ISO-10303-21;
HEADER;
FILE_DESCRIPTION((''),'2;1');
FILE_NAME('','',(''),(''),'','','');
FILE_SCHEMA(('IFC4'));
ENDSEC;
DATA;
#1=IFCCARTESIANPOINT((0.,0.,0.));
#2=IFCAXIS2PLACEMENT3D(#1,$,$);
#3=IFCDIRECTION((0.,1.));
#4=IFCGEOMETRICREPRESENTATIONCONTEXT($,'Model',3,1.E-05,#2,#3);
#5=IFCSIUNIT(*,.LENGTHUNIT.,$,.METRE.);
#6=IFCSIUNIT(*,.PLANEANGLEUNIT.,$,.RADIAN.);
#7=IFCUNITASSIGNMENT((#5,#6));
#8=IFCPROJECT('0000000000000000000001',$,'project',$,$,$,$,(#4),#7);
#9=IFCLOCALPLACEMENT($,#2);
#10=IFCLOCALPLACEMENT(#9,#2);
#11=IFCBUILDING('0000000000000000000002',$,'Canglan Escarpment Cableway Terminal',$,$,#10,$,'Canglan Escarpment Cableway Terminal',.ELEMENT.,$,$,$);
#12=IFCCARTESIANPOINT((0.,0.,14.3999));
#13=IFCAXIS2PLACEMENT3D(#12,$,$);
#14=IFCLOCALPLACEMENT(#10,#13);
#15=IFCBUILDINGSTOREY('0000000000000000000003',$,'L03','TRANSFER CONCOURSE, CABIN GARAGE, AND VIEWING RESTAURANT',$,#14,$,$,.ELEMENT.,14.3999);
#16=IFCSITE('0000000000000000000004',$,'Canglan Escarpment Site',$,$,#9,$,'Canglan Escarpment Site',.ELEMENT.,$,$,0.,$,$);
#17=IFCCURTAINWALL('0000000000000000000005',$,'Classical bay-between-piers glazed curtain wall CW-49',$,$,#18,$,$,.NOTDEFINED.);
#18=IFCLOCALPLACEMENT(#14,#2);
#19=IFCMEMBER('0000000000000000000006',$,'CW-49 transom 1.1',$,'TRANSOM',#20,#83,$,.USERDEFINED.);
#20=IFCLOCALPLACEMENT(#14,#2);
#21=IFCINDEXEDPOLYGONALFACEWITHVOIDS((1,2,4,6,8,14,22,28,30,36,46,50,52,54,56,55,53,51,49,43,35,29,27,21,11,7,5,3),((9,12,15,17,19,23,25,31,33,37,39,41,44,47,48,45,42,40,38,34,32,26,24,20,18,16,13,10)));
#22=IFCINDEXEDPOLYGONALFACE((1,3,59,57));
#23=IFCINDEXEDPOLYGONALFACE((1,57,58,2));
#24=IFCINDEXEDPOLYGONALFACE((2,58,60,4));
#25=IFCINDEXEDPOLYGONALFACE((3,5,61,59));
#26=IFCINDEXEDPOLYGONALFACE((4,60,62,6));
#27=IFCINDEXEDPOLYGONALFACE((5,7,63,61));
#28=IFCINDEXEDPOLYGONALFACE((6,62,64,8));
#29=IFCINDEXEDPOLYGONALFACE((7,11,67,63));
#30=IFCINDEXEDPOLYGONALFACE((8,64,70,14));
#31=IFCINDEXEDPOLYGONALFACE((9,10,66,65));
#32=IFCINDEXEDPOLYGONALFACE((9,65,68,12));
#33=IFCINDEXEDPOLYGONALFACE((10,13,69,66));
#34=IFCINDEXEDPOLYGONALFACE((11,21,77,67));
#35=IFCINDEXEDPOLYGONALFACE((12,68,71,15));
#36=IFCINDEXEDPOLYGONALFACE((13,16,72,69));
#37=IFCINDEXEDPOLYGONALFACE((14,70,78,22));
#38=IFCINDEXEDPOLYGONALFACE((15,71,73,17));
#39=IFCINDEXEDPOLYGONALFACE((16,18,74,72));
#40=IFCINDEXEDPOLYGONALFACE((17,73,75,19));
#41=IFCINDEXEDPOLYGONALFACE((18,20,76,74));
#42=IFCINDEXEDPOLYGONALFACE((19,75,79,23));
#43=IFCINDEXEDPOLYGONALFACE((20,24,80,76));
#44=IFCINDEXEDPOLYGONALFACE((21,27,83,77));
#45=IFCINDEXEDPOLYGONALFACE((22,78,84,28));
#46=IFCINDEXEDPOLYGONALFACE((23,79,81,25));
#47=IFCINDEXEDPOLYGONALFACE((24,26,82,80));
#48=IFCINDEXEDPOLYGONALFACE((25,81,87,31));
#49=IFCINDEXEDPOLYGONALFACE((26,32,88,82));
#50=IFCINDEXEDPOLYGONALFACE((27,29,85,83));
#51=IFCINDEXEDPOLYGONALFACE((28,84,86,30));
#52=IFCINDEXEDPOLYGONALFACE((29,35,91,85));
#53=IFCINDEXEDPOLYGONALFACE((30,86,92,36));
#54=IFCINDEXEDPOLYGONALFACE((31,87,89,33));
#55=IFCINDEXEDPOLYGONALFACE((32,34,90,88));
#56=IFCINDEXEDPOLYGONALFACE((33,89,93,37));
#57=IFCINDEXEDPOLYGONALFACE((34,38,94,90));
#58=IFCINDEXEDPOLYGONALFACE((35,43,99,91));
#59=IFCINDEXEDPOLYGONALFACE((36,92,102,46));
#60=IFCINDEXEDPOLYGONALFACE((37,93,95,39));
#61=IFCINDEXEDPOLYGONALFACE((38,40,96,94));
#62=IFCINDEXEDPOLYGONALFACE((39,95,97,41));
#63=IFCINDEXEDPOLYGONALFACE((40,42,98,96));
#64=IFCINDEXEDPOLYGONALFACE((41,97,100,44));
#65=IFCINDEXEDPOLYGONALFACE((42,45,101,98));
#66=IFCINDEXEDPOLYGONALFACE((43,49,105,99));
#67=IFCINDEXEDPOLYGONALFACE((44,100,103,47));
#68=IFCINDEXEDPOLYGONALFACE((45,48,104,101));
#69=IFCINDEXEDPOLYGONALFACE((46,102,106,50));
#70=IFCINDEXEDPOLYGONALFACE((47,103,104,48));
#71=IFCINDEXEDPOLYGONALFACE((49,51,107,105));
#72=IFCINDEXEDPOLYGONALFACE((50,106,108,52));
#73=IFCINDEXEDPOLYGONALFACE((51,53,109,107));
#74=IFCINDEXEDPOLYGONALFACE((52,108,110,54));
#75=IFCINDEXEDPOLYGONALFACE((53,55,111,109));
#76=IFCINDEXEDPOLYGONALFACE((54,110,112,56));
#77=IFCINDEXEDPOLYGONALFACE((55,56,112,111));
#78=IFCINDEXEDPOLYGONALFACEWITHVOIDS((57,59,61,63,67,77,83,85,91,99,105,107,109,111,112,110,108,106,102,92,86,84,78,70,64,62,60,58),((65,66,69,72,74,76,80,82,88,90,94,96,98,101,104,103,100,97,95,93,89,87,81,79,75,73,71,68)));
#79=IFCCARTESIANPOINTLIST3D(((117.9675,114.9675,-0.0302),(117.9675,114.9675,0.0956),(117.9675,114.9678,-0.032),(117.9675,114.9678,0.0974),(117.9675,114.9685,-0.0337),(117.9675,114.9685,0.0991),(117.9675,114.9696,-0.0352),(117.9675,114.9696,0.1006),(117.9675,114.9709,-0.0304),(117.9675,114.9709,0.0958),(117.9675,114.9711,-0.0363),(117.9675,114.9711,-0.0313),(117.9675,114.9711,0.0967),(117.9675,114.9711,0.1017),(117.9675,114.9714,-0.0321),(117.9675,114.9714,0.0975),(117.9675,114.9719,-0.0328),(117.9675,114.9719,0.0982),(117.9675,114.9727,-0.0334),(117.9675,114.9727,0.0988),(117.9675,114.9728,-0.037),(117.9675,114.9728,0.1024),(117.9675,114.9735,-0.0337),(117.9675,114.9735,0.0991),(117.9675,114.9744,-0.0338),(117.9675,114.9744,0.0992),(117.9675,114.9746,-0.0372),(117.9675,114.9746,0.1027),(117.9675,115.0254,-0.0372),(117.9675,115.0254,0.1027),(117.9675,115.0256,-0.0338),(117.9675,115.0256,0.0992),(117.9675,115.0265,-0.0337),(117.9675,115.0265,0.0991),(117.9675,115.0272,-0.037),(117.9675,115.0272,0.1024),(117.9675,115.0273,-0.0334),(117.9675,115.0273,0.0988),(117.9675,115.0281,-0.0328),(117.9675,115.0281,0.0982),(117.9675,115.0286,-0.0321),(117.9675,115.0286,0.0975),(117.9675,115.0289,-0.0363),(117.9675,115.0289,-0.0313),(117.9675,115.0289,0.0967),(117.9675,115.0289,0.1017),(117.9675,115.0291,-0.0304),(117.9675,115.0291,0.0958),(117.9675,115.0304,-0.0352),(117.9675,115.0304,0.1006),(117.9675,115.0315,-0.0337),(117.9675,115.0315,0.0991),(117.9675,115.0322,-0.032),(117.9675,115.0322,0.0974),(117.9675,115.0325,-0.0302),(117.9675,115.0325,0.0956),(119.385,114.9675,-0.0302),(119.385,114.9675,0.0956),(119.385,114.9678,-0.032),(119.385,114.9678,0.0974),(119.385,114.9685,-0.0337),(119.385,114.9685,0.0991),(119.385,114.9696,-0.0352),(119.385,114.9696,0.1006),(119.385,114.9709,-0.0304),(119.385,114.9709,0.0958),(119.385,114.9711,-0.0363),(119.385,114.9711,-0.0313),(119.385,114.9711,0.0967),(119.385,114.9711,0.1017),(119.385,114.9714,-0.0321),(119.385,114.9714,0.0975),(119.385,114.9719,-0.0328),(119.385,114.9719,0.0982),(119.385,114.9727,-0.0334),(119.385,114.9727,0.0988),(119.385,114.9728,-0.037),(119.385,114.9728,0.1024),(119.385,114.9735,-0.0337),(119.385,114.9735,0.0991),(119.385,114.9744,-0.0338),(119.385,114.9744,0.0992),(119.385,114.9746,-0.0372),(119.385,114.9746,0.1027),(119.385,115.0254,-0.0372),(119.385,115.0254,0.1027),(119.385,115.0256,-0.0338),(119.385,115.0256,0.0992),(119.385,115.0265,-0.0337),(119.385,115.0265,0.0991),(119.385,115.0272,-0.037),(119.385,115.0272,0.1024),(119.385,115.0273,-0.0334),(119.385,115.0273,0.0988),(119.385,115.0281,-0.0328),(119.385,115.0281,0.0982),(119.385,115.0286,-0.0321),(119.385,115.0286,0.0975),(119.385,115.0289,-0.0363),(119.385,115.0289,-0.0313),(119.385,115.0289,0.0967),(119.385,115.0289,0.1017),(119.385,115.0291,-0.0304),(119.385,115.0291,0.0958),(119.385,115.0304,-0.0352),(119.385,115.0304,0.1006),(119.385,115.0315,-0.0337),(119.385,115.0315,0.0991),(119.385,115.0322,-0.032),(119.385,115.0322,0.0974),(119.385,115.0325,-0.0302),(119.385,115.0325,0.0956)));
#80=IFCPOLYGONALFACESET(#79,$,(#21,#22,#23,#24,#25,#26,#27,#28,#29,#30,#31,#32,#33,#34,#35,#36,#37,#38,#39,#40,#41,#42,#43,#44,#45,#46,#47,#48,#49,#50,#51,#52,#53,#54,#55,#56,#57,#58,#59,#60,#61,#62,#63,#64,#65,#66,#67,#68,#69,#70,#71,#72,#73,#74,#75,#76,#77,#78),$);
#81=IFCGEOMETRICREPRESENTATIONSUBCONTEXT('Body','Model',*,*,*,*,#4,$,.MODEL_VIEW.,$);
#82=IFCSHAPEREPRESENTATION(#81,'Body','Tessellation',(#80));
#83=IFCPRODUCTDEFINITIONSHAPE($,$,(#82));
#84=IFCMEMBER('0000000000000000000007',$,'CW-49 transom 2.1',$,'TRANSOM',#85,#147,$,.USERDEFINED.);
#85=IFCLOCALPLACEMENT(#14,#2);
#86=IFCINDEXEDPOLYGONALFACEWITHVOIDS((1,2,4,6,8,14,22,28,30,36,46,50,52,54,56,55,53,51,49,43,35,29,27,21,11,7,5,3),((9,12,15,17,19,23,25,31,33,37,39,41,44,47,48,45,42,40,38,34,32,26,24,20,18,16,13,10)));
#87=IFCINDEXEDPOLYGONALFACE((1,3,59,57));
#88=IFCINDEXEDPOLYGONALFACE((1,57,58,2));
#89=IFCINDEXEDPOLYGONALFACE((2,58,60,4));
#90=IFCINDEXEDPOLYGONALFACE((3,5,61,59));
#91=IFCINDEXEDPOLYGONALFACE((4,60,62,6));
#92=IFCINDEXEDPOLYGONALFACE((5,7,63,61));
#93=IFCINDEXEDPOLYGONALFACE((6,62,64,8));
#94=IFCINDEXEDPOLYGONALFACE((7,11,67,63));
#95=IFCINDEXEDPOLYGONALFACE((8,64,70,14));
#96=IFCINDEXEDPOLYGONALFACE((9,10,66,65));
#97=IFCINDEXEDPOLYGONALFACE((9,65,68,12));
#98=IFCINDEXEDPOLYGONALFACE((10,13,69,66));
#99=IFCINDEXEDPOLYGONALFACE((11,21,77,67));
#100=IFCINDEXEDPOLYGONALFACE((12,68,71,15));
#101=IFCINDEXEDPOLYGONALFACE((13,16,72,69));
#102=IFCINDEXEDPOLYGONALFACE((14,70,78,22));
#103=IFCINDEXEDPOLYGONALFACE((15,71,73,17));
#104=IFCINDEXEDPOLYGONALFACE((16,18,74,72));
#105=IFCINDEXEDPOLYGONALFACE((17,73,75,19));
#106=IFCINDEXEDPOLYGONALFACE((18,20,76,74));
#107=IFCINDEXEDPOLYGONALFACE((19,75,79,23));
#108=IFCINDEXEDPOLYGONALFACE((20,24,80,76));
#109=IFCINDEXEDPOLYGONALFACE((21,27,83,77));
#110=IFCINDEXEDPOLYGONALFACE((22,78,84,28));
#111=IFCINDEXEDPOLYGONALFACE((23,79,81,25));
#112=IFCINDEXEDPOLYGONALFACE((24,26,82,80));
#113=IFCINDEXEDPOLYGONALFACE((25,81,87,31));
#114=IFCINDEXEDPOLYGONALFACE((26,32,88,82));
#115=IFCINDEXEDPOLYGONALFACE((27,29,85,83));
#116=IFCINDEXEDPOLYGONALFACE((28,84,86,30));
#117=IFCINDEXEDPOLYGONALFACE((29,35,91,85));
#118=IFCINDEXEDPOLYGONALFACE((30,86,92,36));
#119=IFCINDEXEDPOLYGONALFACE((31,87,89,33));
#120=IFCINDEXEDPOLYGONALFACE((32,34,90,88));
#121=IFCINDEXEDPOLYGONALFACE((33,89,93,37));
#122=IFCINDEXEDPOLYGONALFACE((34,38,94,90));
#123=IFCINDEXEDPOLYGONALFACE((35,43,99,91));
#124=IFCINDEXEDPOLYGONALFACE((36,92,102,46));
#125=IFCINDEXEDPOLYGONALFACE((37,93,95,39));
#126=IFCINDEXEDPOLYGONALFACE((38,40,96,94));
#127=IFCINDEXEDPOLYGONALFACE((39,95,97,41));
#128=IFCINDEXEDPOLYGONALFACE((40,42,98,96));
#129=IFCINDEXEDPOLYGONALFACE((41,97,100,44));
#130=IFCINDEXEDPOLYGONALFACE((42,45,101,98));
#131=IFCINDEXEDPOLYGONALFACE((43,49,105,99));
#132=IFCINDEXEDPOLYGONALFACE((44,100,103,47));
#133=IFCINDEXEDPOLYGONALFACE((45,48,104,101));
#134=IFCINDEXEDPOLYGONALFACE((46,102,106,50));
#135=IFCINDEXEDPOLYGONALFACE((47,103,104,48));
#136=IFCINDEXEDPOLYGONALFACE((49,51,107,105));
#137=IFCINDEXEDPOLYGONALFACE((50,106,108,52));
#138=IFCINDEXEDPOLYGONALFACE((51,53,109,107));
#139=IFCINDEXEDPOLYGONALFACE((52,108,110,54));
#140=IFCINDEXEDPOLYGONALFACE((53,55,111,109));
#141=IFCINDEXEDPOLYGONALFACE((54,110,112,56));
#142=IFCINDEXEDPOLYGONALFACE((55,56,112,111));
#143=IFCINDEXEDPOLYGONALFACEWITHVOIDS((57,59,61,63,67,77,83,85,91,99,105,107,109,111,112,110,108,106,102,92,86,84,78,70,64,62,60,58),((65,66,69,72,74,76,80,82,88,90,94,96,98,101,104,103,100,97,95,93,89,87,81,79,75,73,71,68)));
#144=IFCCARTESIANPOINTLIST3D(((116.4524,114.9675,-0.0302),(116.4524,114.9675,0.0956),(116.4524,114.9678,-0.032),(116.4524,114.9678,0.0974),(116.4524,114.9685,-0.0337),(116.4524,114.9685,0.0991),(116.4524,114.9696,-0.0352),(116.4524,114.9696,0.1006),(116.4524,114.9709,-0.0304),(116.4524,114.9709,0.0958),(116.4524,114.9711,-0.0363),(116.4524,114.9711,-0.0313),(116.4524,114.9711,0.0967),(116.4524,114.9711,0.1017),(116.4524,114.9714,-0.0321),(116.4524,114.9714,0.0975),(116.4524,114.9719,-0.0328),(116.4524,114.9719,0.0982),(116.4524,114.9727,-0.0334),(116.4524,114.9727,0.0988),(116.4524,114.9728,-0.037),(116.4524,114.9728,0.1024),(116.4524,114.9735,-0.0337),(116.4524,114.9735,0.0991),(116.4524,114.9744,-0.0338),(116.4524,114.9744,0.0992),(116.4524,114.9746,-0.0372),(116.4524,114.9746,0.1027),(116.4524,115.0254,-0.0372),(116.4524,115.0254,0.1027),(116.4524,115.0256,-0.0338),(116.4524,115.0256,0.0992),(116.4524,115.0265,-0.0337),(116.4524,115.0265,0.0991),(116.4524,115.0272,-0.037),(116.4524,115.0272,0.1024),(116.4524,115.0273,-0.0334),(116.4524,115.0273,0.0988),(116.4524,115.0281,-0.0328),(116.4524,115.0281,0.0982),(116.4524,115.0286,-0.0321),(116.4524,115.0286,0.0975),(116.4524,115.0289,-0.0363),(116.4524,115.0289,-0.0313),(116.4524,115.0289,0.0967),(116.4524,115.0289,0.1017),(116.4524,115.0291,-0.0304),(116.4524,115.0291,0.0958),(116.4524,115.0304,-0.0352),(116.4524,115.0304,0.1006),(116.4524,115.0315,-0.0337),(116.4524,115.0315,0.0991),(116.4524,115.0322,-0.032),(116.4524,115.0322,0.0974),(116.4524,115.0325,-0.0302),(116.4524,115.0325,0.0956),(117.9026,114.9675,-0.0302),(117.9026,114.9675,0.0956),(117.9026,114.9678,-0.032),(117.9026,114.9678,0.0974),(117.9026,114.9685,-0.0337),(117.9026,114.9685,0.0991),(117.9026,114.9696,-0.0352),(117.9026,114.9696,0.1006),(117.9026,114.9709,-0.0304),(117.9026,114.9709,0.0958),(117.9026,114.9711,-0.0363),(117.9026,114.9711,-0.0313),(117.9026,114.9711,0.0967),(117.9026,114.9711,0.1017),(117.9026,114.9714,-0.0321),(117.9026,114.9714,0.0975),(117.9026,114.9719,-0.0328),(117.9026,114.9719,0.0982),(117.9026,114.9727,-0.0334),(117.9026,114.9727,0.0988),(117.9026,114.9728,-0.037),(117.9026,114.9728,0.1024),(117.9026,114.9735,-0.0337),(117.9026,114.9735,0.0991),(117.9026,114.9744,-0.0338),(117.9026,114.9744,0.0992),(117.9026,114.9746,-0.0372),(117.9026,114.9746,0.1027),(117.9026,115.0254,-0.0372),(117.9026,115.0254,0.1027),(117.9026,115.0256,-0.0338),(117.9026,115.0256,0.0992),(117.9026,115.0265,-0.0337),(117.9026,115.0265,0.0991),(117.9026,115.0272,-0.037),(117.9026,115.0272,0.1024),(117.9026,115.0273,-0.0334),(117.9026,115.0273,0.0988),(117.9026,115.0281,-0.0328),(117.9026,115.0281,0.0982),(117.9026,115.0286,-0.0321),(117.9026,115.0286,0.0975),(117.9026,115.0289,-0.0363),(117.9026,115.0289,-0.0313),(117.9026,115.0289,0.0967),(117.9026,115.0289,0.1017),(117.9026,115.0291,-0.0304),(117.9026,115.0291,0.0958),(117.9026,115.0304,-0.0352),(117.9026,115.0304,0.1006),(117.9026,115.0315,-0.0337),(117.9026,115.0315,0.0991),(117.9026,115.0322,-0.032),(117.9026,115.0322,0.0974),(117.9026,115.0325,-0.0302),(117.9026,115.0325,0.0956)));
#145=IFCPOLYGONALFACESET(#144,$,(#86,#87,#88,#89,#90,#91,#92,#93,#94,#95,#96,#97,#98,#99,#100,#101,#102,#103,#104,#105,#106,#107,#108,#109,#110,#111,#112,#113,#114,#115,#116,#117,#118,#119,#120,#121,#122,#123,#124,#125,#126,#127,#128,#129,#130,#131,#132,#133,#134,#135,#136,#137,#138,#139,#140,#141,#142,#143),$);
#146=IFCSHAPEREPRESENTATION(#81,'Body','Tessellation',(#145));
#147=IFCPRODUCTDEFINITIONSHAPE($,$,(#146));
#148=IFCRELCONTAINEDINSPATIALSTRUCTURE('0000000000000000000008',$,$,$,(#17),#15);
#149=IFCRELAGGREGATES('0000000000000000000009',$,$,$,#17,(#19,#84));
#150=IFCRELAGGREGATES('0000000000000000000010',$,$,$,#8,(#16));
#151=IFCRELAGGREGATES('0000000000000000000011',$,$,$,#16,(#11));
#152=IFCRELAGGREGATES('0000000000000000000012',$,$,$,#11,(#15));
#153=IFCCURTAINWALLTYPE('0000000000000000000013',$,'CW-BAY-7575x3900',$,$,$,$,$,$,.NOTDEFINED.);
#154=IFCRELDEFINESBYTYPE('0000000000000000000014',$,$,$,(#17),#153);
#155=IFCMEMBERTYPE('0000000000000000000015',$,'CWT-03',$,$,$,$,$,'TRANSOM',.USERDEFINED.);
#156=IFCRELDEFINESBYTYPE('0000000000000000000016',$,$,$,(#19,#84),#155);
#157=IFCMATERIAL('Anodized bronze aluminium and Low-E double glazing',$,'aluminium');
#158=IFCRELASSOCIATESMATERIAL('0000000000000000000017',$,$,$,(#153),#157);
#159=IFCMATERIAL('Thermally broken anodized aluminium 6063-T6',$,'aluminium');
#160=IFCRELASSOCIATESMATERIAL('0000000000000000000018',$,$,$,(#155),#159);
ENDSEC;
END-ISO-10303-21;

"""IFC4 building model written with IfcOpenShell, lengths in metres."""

from ifc_helpers import new_model, si_unit, direction, frame, origin, origin_2d, place, context, subcontext, project, spatial, hollow_rectangle, extrude, material, material_profile, profile_set, type_object, element, aggregate, save


model = new_model("IFC4")

# Units and contexts
model_context = context("Model", 3, precision=1e-05, world=origin(), true_north=direction((0.0, 1.0)))
body_context = subcontext(model_context, "Body", "Model", "MODEL_VIEW")
ifc_project = project(units=[si_unit("LENGTHUNIT", "METRE"), si_unit("PLANEANGLEUNIT", "RADIAN")], contexts=[model_context])

# Site, building, storey
site_placement = place(None, origin())
site = spatial("IfcSite", under=ifc_project, at=site_placement, Name="Canglan Escarpment Site", LongName="Canglan Escarpment Site", CompositionType="ELEMENT", RefElevation=0.0)
building_placement = place(site_placement, origin())
building = spatial("IfcBuilding", under=site, at=building_placement, Name="Canglan Escarpment Cableway Terminal", LongName="Canglan Escarpment Cableway Terminal", CompositionType="ELEMENT")
storey_placement = place(building_placement, frame((0.0, 0.0, 14.3999)))
storey = spatial("IfcBuildingStorey", under=building, at=storey_placement, Name="L03", Description="TRANSFER CONCOURSE, CABIN GARAGE, AND VIEWING RESTAURANT", CompositionType="ELEMENT", Elevation=14.3999)

# Curtain wall, members
ifc_material_1 = material(Name="Anodized bronze aluminium and Low-E double glazing", Category="aluminium")
curtain_wall_type = type_object("IfcCurtainWallType", Name="CW-BAY-7575x3900", PredefinedType="NOTDEFINED", material=ifc_material_1)
curtain_wall_placement = place(storey_placement, origin())
curtain_wall = element("IfcCurtainWall", 1, at=curtain_wall_placement, inside=storey, type_object=curtain_wall_type, Name="Classical bay-between-piers glazed curtain wall CW-49", PredefinedType="NOTDEFINED")
ifc_material_2 = material(Name="Thermally broken anodized aluminium 6063-T6", Category="aluminium")
ifc_material_profile_1 = material_profile(ifc_material_2, hollow_rectangle(XDim=0.0649, YDim=0.1399, WallThickness=0.0034, InnerFilletRadius=0.0034, OuterFilletRadius=0.0071, at=origin_2d()), Name="ALU-TRAN 65x140x3.5")
ifc_profile_set_1 = profile_set([ifc_material_profile_1], Name="Thermally broken anodized aluminium 6063-T6")
member_type_1 = type_object("IfcMemberType", Name="CWT-03", ElementType="TRANSOM", PredefinedType="USERDEFINED", material=ifc_profile_set_1)
member_1_placement = place(storey_placement, frame((119.385, 115.0, 0.0327), z_axis=(-1.0, 0.0, 0.0), x_axis=(0.0, -1.0, 0.0)))
member_1 = element("IfcMember", 2, at=member_1_placement, type_object=member_type_1, Name="CW-49 transom 1.1", ObjectType="TRANSOM", PredefinedType="USERDEFINED", context=body_context, shape_type="SweptSolid", body=[
    extrude(hollow_rectangle(XDim=0.0649, YDim=0.1399, WallThickness=0.0034, InnerFilletRadius=0.0034, OuterFilletRadius=0.0071, at=origin_2d()), origin(), (0.0, 0.0, 1.0), 1.4175),
])
member_2_placement = place(storey_placement, frame((117.9026, 115.0, 0.0327), z_axis=(-1.0, 0.0, 0.0), x_axis=(0.0, -1.0, 0.0)))
member_2 = element("IfcMember", 3, at=member_2_placement, type_object=member_type_1, Name="CW-49 transom 2.1", ObjectType="TRANSOM", PredefinedType="USERDEFINED", context=body_context, shape_type="SweptSolid", body=[
    extrude(hollow_rectangle(XDim=0.0649, YDim=0.1399, WallThickness=0.0034, InnerFilletRadius=0.0034, OuterFilletRadius=0.0071, at=origin_2d()), origin(), (0.0, 0.0, 1.0), 1.4502),
])
aggregate(curtain_wall, [member_1, member_2])

save(model, "model.ifc")
